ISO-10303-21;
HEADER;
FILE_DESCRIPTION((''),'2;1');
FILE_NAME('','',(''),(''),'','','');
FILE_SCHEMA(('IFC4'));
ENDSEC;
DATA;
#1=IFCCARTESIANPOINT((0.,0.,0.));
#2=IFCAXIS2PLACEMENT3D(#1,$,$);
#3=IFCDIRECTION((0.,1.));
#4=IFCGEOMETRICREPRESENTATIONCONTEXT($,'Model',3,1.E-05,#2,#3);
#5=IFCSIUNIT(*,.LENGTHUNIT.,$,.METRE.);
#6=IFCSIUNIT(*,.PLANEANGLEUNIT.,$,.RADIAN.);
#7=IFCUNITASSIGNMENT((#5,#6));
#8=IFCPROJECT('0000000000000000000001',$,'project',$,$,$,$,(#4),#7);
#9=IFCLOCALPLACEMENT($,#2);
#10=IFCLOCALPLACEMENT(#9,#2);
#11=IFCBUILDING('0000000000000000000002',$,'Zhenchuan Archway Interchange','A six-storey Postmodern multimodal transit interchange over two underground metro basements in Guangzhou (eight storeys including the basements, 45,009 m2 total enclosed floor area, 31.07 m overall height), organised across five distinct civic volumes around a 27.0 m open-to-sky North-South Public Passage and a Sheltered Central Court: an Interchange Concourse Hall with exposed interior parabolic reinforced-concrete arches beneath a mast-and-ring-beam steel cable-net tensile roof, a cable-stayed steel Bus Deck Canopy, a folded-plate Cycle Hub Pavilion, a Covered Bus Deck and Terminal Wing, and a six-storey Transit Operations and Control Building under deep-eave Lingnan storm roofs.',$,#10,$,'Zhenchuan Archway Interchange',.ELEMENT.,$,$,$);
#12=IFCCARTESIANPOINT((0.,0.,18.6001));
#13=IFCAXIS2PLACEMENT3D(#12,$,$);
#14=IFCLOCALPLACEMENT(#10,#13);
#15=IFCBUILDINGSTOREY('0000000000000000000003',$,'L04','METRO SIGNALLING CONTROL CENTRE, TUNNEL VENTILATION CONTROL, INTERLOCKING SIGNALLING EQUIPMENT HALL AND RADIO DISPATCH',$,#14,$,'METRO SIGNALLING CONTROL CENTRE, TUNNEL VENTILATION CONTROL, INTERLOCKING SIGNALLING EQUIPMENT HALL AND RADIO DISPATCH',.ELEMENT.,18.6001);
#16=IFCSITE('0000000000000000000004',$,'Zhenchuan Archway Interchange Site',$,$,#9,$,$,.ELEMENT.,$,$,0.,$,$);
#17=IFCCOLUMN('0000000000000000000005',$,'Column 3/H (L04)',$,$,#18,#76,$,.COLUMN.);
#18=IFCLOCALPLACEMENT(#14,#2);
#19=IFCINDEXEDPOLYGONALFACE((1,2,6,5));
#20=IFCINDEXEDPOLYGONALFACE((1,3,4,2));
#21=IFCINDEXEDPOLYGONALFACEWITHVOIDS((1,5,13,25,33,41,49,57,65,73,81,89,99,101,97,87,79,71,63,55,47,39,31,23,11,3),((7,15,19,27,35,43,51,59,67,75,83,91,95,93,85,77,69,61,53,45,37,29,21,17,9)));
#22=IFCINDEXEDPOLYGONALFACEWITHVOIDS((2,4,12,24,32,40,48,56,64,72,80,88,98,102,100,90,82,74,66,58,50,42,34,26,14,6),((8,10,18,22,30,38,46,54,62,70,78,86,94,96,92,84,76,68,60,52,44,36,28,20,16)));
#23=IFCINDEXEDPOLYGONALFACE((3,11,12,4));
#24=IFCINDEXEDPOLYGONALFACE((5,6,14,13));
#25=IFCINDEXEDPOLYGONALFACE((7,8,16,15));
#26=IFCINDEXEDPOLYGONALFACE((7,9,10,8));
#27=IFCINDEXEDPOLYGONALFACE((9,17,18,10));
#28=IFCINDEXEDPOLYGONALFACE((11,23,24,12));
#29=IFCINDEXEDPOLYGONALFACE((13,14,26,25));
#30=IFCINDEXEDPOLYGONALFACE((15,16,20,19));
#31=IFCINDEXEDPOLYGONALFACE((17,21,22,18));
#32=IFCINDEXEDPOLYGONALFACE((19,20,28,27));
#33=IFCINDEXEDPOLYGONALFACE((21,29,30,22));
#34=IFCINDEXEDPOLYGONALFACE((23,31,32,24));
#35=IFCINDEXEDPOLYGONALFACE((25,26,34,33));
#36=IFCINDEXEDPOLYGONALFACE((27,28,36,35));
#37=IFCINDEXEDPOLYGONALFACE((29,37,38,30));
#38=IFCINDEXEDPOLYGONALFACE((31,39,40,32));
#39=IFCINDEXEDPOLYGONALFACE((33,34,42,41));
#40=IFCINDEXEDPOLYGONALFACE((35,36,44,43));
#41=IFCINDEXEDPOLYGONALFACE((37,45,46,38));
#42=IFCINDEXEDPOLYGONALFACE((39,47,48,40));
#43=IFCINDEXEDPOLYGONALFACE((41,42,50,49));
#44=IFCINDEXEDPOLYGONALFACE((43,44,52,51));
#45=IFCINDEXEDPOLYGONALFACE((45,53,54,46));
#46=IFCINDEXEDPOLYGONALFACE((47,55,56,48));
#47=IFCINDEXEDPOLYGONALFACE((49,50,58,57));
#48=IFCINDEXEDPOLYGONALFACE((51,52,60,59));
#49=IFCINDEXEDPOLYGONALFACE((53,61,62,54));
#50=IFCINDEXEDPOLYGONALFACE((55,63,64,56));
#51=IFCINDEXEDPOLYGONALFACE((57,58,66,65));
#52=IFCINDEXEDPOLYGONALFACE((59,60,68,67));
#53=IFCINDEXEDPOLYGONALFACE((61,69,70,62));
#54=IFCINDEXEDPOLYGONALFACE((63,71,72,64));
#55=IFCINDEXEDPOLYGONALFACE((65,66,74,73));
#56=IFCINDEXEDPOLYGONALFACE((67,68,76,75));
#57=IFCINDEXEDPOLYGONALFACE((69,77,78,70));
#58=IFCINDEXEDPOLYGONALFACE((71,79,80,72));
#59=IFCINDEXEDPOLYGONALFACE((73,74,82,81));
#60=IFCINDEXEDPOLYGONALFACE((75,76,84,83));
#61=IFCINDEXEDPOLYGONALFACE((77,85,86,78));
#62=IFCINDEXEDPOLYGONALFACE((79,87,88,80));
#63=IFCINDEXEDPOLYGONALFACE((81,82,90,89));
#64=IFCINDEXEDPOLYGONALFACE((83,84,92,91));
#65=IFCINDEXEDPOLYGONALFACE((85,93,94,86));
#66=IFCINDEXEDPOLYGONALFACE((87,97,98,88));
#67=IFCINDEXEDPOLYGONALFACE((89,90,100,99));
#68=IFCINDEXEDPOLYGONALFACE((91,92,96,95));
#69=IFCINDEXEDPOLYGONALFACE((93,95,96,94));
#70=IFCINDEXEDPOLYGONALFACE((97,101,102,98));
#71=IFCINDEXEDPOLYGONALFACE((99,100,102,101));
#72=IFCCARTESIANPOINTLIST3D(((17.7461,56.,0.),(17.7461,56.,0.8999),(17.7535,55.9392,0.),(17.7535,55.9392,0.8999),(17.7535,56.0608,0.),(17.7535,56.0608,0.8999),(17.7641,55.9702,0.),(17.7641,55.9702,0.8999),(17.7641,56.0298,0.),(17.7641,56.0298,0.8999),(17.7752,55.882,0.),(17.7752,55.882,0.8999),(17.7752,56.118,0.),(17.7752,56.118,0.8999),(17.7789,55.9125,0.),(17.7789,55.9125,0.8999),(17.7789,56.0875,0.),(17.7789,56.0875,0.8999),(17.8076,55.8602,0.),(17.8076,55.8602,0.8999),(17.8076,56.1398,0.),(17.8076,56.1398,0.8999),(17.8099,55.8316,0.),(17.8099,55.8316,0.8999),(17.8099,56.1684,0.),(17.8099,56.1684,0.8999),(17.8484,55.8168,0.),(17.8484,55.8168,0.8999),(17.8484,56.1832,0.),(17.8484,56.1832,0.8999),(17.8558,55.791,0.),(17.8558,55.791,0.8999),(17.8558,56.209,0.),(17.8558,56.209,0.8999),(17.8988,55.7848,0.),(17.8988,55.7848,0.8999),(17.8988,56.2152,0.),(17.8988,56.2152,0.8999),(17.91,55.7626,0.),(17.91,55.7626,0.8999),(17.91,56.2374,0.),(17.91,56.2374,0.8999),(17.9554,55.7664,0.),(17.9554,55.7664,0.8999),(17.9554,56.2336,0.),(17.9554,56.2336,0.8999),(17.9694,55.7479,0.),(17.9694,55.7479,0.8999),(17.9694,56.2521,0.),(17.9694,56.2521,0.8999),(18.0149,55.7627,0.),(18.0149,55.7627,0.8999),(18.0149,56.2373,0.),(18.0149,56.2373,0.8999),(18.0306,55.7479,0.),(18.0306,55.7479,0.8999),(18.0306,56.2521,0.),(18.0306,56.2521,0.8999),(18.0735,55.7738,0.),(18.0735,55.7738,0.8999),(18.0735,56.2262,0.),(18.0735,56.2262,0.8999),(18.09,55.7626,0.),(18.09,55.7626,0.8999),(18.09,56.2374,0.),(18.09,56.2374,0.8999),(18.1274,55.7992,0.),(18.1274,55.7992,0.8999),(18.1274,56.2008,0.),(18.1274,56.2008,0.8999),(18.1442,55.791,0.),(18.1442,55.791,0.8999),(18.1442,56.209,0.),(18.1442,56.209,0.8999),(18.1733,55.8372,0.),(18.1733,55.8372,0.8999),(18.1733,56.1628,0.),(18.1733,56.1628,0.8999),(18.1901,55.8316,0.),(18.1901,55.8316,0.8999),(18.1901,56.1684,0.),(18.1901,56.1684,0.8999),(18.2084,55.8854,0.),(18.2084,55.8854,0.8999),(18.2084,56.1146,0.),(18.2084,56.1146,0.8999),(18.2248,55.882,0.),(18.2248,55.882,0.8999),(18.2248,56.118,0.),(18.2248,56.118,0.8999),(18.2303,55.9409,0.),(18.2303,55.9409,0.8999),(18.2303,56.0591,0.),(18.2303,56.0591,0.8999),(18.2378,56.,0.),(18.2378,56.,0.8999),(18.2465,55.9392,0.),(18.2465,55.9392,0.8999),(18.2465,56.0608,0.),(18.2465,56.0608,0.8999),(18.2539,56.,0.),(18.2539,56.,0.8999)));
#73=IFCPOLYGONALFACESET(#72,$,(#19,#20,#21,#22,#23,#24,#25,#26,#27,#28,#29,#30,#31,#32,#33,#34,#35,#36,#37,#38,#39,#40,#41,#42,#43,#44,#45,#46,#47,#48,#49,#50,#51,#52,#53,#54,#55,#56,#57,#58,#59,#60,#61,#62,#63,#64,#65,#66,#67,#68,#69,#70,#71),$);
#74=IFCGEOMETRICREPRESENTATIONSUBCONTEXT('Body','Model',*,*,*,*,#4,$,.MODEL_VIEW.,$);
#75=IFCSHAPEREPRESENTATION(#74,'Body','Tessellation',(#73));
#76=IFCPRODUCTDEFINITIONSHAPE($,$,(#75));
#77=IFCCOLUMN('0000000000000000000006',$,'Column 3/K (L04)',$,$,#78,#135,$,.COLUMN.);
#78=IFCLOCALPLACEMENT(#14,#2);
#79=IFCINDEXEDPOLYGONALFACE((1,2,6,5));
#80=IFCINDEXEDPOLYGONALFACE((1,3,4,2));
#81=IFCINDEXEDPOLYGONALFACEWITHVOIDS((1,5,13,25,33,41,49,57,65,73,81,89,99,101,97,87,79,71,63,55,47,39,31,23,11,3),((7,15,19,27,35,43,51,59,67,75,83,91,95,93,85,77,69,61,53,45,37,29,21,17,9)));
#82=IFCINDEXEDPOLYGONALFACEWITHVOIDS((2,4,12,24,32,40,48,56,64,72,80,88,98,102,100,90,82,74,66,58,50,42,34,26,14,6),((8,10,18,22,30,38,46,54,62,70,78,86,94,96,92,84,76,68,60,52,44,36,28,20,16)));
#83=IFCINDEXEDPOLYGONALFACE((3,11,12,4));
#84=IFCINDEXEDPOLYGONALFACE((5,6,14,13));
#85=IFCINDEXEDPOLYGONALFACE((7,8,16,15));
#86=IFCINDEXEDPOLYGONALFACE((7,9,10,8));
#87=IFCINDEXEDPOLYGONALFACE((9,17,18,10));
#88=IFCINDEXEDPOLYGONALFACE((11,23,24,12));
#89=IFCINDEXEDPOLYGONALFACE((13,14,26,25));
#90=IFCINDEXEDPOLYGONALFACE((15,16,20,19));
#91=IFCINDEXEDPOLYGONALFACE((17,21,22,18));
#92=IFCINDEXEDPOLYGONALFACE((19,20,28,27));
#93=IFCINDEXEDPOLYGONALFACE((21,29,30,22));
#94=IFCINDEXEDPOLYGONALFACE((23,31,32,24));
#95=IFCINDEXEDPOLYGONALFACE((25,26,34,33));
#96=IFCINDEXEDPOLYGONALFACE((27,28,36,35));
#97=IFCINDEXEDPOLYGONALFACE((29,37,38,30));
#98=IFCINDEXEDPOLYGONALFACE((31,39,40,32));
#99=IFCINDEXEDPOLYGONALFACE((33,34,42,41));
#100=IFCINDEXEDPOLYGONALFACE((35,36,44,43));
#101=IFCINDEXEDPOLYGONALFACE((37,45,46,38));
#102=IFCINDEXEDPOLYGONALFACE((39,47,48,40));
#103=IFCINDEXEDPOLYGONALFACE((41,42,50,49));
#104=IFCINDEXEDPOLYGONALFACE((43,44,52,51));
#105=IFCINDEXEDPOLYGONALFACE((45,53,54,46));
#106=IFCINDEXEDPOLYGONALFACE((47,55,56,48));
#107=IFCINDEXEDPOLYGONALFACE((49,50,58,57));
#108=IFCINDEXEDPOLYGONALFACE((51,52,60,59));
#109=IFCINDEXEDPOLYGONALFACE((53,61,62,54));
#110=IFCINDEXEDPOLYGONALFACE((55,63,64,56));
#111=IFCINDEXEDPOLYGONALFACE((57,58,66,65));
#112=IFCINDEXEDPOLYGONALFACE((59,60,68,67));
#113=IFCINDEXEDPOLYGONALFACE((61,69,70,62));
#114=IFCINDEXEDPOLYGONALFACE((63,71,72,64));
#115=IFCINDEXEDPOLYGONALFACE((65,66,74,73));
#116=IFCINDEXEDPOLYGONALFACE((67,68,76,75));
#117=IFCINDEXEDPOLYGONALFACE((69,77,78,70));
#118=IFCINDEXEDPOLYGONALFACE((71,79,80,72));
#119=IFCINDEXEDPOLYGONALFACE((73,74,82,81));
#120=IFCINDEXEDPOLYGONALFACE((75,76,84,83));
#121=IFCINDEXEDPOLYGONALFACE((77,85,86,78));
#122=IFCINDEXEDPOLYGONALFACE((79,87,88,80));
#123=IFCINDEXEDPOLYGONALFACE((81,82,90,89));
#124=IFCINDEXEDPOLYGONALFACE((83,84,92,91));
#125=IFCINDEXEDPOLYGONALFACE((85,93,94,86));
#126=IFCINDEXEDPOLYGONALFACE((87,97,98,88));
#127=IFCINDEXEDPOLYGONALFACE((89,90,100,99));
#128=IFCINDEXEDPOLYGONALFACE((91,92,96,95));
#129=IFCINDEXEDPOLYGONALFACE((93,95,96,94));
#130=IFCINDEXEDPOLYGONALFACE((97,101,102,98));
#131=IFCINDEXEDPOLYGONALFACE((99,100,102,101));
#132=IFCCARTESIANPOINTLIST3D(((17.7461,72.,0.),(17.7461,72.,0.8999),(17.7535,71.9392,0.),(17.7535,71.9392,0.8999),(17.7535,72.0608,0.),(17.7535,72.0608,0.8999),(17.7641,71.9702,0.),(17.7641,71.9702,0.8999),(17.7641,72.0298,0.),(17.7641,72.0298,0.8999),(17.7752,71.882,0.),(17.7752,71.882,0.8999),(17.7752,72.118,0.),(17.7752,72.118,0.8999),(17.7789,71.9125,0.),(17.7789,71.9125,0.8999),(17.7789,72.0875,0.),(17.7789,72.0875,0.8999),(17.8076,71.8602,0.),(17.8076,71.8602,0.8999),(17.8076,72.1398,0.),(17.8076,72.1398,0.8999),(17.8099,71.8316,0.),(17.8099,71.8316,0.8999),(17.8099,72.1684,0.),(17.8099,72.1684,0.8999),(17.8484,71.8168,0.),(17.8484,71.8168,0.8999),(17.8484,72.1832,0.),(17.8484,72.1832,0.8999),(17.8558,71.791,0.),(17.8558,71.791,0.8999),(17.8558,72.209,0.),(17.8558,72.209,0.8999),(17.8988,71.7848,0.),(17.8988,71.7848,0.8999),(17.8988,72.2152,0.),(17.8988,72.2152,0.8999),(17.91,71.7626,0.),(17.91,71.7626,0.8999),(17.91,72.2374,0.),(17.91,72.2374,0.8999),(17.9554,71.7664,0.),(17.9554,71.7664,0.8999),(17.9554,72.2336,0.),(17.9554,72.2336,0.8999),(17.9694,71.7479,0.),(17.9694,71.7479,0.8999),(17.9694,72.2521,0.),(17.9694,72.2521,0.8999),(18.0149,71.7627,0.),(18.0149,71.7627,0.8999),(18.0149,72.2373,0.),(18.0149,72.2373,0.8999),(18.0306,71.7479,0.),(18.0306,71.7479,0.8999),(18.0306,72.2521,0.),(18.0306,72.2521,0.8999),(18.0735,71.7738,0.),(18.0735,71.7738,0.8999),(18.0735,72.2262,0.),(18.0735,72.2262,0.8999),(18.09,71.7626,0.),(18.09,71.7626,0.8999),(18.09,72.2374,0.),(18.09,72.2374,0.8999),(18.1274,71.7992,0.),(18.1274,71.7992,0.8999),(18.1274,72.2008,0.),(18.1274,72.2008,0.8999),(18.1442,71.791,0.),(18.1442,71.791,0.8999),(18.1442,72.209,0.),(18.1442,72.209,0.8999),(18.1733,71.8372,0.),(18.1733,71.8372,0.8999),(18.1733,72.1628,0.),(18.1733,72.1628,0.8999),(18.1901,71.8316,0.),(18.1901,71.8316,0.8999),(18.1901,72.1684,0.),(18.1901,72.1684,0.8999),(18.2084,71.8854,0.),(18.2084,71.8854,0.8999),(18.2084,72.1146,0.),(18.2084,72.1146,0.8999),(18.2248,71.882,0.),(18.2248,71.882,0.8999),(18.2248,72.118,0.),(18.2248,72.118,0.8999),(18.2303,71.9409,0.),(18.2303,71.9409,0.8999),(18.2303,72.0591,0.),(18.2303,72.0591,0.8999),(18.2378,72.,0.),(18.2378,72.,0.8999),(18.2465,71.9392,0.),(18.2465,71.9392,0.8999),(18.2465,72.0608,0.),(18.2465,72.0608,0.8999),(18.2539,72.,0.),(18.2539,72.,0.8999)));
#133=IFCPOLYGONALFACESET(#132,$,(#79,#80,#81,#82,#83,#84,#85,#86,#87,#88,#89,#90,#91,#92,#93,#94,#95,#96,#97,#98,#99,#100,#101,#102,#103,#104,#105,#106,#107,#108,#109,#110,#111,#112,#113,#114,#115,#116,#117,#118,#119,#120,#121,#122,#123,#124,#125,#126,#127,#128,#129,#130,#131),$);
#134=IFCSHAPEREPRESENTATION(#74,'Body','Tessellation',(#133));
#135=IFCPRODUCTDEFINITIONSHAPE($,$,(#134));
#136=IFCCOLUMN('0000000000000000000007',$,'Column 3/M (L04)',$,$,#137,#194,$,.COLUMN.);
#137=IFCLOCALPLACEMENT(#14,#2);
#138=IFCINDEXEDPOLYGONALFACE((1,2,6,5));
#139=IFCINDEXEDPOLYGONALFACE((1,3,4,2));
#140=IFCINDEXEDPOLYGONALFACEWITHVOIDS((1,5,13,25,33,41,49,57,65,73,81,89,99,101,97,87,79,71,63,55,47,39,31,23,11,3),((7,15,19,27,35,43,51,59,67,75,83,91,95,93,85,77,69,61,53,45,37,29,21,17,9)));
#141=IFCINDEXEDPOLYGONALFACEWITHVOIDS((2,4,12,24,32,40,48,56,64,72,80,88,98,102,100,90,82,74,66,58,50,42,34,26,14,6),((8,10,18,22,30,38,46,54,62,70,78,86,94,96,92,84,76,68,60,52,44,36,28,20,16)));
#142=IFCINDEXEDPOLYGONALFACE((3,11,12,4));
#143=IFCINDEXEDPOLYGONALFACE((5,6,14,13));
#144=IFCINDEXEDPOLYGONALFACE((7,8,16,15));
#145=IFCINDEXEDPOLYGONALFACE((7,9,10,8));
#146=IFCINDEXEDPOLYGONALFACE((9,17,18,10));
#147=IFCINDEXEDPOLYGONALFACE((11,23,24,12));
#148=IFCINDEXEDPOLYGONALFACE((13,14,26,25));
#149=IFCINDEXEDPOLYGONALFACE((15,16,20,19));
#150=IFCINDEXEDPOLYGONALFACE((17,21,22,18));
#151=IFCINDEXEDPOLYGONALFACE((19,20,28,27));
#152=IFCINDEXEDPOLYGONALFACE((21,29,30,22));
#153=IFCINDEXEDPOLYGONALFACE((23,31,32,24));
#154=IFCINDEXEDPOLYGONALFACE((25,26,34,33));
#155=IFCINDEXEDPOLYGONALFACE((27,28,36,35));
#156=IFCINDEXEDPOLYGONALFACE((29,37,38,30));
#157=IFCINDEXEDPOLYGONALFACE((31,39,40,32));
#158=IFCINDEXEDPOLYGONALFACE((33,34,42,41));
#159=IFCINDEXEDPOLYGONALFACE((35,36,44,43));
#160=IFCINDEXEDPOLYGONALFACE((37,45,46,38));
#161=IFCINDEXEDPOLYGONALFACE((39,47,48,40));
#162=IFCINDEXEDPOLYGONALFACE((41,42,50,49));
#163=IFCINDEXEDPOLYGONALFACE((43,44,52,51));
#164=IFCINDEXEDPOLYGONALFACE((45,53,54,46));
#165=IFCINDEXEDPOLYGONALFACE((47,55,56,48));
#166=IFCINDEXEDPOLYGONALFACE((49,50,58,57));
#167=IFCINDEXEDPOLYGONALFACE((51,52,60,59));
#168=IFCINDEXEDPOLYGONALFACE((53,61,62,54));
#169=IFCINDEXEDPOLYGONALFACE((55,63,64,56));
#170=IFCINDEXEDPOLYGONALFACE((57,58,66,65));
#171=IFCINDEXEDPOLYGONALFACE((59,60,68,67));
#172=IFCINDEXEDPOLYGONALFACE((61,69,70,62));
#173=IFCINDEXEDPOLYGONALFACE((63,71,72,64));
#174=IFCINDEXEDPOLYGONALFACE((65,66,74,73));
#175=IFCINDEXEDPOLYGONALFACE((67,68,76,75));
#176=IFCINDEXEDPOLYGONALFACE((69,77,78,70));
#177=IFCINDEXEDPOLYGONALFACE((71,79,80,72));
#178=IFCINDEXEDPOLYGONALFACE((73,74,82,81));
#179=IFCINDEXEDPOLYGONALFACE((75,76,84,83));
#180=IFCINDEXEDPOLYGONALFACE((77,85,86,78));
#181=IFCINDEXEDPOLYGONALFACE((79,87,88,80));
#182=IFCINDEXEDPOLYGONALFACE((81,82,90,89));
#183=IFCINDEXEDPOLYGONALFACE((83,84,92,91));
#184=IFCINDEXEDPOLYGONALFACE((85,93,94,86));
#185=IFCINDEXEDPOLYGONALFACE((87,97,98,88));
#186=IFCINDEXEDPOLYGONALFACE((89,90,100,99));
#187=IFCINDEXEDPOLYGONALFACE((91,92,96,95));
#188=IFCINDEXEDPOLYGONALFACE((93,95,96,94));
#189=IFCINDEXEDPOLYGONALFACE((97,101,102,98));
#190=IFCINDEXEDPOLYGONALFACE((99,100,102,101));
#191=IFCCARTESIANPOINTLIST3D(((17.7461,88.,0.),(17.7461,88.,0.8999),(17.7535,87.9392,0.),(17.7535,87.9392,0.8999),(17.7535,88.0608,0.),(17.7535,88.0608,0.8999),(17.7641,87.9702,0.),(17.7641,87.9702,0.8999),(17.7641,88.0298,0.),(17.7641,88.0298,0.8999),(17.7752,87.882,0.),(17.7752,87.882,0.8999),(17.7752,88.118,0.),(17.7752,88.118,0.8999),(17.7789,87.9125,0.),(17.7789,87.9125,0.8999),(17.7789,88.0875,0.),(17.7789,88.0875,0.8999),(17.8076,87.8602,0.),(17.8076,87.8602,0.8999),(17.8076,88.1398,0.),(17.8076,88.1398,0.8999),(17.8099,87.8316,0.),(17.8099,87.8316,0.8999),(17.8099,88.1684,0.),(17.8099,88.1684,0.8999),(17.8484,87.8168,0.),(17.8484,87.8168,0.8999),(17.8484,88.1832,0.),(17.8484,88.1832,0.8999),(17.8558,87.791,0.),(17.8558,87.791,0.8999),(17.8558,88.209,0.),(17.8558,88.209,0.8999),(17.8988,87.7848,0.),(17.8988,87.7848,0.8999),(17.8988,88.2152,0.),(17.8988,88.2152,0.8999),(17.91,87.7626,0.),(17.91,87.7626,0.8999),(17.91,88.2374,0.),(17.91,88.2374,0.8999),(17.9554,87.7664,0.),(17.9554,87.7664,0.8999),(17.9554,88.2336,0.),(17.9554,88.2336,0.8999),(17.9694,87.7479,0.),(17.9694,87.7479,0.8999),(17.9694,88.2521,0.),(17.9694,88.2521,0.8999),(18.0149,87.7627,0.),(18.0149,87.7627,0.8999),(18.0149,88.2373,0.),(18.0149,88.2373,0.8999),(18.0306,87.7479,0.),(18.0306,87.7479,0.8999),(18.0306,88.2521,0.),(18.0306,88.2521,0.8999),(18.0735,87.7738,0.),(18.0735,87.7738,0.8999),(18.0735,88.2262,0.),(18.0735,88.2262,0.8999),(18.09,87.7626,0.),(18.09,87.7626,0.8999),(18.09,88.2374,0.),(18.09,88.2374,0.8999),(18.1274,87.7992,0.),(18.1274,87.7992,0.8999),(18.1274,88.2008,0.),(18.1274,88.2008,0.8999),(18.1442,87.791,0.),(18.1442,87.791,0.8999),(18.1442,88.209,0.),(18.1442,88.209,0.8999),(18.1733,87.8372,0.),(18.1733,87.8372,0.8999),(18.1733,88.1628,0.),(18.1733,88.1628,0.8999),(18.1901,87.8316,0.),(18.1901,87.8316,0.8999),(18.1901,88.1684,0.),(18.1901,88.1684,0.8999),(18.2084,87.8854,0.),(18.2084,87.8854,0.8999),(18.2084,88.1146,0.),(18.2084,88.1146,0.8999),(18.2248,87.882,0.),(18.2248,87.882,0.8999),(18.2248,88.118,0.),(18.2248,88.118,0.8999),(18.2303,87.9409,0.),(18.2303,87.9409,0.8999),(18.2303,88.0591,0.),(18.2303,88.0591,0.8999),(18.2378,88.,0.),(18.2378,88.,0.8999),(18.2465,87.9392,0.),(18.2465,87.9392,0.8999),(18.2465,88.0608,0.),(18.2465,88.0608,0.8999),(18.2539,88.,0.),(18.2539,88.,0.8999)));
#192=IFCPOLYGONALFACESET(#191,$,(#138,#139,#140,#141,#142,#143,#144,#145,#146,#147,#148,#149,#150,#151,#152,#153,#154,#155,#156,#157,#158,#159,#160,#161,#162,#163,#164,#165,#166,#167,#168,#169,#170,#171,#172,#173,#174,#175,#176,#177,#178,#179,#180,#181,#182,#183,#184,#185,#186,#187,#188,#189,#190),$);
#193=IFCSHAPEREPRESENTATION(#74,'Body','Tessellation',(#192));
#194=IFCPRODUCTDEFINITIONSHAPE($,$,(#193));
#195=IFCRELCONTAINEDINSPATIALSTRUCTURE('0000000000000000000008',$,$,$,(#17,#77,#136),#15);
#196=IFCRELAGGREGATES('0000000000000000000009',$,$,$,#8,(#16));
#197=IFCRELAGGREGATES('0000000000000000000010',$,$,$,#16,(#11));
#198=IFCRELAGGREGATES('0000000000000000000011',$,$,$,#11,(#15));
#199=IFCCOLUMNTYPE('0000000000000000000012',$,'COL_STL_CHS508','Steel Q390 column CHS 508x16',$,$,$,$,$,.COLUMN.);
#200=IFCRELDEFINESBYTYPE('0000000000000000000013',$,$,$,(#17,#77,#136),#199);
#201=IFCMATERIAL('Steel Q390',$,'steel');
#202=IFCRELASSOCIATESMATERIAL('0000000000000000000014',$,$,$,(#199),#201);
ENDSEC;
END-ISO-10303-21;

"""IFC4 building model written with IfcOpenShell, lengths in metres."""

from ifc_helpers import new_model, si_unit, direction, frame, origin, origin_2d, place, context, subcontext, project, spatial, hollow_circle, extrude, material, material_profile, profile_set, type_object, element, save


model = new_model("IFC4")

# Units and contexts
model_context = context("Model", 3, precision=1e-05, world=origin(), true_north=direction((0.0, 1.0)))
body_context = subcontext(model_context, "Body", "Model", "MODEL_VIEW")
ifc_project = project(units=[si_unit("LENGTHUNIT", "METRE"), si_unit("PLANEANGLEUNIT", "RADIAN")], contexts=[model_context])

# Site, building, storey
site_placement = place(None, origin())
site = spatial("IfcSite", under=ifc_project, at=site_placement, Name="Zhenchuan Archway Interchange Site", CompositionType="ELEMENT", RefElevation=0.0)
building_placement = place(site_placement, origin())
building = spatial("IfcBuilding", under=site, at=building_placement, Name="Zhenchuan Archway Interchange", Description="A six-storey Postmodern multimodal transit interchange over two underground metro basements in Guangzhou (eight storeys including the basements, 45,009 m2 total enclosed floor area, 31.07 m overall height), organised across five distinct civic volumes around a 27.0 m open-to-sky North-South Public Passage and a Sheltered Central Court: an Interchange Concourse Hall with exposed interior parabolic reinforced-concrete arches beneath a mast-and-ring-beam steel cable-net tensile roof, a cable-stayed steel Bus Deck Canopy, a folded-plate Cycle Hub Pavilion, a Covered Bus Deck and Terminal Wing, and a six-storey Transit Operations and Control Building under deep-eave Lingnan storm roofs.", LongName="Zhenchuan Archway Interchange", CompositionType="ELEMENT")
storey_placement = place(building_placement, frame((0.0, 0.0, 18.6001)))
storey = spatial("IfcBuildingStorey", under=building, at=storey_placement, Name="L04", Description="METRO SIGNALLING CONTROL CENTRE, TUNNEL VENTILATION CONTROL, INTERLOCKING SIGNALLING EQUIPMENT HALL AND RADIO DISPATCH", LongName="METRO SIGNALLING CONTROL CENTRE, TUNNEL VENTILATION CONTROL, INTERLOCKING SIGNALLING EQUIPMENT HALL AND RADIO DISPATCH", CompositionType="ELEMENT", Elevation=18.6001)

# Columns
ifc_material_1 = material(Name="Steel Q390", Category="steel")
ifc_material_profile_1 = material_profile(ifc_material_1, hollow_circle(Radius=0.2539, WallThickness=0.0161, at=origin_2d()), Name="CHS 508x16")
ifc_profile_set_1 = profile_set([ifc_material_profile_1], Name="Steel Q390")
column_type_1 = type_object("IfcColumnType", Name="COL_STL_CHS508", Description="Steel Q390 column CHS 508x16", PredefinedType="COLUMN", material=ifc_profile_set_1)
for number, where, z_axis, x_axis, name in (
    (1, (18.0, 56.0, 0.0), (0.0, 0.0, 1.0), (1.0, 0.0, 0.0), "Column 3/H (L04)"),
    (2, (18.0, 72.0, 0.0), (0.0, 0.0, 1.0), (1.0, 0.0, 0.0), "Column 3/K (L04)"),
    (3, (18.0, 88.0, 0.0), (0.0, 0.0, 1.0), (1.0, 0.0, 0.0), "Column 3/M (L04)"),
):
    element("IfcColumn", number, at=place(storey_placement, frame(where, z_axis=z_axis, x_axis=x_axis)), inside=storey, type_object=column_type_1, Name=name, PredefinedType="COLUMN", context=body_context, shape_type="SweptSolid", body=[
        extrude(hollow_circle(Radius=0.2539, WallThickness=0.0161, at=origin_2d()), origin(), (0.0, 0.0, 1.0), 0.8999),
    ])

save(model, "model.ifc")
